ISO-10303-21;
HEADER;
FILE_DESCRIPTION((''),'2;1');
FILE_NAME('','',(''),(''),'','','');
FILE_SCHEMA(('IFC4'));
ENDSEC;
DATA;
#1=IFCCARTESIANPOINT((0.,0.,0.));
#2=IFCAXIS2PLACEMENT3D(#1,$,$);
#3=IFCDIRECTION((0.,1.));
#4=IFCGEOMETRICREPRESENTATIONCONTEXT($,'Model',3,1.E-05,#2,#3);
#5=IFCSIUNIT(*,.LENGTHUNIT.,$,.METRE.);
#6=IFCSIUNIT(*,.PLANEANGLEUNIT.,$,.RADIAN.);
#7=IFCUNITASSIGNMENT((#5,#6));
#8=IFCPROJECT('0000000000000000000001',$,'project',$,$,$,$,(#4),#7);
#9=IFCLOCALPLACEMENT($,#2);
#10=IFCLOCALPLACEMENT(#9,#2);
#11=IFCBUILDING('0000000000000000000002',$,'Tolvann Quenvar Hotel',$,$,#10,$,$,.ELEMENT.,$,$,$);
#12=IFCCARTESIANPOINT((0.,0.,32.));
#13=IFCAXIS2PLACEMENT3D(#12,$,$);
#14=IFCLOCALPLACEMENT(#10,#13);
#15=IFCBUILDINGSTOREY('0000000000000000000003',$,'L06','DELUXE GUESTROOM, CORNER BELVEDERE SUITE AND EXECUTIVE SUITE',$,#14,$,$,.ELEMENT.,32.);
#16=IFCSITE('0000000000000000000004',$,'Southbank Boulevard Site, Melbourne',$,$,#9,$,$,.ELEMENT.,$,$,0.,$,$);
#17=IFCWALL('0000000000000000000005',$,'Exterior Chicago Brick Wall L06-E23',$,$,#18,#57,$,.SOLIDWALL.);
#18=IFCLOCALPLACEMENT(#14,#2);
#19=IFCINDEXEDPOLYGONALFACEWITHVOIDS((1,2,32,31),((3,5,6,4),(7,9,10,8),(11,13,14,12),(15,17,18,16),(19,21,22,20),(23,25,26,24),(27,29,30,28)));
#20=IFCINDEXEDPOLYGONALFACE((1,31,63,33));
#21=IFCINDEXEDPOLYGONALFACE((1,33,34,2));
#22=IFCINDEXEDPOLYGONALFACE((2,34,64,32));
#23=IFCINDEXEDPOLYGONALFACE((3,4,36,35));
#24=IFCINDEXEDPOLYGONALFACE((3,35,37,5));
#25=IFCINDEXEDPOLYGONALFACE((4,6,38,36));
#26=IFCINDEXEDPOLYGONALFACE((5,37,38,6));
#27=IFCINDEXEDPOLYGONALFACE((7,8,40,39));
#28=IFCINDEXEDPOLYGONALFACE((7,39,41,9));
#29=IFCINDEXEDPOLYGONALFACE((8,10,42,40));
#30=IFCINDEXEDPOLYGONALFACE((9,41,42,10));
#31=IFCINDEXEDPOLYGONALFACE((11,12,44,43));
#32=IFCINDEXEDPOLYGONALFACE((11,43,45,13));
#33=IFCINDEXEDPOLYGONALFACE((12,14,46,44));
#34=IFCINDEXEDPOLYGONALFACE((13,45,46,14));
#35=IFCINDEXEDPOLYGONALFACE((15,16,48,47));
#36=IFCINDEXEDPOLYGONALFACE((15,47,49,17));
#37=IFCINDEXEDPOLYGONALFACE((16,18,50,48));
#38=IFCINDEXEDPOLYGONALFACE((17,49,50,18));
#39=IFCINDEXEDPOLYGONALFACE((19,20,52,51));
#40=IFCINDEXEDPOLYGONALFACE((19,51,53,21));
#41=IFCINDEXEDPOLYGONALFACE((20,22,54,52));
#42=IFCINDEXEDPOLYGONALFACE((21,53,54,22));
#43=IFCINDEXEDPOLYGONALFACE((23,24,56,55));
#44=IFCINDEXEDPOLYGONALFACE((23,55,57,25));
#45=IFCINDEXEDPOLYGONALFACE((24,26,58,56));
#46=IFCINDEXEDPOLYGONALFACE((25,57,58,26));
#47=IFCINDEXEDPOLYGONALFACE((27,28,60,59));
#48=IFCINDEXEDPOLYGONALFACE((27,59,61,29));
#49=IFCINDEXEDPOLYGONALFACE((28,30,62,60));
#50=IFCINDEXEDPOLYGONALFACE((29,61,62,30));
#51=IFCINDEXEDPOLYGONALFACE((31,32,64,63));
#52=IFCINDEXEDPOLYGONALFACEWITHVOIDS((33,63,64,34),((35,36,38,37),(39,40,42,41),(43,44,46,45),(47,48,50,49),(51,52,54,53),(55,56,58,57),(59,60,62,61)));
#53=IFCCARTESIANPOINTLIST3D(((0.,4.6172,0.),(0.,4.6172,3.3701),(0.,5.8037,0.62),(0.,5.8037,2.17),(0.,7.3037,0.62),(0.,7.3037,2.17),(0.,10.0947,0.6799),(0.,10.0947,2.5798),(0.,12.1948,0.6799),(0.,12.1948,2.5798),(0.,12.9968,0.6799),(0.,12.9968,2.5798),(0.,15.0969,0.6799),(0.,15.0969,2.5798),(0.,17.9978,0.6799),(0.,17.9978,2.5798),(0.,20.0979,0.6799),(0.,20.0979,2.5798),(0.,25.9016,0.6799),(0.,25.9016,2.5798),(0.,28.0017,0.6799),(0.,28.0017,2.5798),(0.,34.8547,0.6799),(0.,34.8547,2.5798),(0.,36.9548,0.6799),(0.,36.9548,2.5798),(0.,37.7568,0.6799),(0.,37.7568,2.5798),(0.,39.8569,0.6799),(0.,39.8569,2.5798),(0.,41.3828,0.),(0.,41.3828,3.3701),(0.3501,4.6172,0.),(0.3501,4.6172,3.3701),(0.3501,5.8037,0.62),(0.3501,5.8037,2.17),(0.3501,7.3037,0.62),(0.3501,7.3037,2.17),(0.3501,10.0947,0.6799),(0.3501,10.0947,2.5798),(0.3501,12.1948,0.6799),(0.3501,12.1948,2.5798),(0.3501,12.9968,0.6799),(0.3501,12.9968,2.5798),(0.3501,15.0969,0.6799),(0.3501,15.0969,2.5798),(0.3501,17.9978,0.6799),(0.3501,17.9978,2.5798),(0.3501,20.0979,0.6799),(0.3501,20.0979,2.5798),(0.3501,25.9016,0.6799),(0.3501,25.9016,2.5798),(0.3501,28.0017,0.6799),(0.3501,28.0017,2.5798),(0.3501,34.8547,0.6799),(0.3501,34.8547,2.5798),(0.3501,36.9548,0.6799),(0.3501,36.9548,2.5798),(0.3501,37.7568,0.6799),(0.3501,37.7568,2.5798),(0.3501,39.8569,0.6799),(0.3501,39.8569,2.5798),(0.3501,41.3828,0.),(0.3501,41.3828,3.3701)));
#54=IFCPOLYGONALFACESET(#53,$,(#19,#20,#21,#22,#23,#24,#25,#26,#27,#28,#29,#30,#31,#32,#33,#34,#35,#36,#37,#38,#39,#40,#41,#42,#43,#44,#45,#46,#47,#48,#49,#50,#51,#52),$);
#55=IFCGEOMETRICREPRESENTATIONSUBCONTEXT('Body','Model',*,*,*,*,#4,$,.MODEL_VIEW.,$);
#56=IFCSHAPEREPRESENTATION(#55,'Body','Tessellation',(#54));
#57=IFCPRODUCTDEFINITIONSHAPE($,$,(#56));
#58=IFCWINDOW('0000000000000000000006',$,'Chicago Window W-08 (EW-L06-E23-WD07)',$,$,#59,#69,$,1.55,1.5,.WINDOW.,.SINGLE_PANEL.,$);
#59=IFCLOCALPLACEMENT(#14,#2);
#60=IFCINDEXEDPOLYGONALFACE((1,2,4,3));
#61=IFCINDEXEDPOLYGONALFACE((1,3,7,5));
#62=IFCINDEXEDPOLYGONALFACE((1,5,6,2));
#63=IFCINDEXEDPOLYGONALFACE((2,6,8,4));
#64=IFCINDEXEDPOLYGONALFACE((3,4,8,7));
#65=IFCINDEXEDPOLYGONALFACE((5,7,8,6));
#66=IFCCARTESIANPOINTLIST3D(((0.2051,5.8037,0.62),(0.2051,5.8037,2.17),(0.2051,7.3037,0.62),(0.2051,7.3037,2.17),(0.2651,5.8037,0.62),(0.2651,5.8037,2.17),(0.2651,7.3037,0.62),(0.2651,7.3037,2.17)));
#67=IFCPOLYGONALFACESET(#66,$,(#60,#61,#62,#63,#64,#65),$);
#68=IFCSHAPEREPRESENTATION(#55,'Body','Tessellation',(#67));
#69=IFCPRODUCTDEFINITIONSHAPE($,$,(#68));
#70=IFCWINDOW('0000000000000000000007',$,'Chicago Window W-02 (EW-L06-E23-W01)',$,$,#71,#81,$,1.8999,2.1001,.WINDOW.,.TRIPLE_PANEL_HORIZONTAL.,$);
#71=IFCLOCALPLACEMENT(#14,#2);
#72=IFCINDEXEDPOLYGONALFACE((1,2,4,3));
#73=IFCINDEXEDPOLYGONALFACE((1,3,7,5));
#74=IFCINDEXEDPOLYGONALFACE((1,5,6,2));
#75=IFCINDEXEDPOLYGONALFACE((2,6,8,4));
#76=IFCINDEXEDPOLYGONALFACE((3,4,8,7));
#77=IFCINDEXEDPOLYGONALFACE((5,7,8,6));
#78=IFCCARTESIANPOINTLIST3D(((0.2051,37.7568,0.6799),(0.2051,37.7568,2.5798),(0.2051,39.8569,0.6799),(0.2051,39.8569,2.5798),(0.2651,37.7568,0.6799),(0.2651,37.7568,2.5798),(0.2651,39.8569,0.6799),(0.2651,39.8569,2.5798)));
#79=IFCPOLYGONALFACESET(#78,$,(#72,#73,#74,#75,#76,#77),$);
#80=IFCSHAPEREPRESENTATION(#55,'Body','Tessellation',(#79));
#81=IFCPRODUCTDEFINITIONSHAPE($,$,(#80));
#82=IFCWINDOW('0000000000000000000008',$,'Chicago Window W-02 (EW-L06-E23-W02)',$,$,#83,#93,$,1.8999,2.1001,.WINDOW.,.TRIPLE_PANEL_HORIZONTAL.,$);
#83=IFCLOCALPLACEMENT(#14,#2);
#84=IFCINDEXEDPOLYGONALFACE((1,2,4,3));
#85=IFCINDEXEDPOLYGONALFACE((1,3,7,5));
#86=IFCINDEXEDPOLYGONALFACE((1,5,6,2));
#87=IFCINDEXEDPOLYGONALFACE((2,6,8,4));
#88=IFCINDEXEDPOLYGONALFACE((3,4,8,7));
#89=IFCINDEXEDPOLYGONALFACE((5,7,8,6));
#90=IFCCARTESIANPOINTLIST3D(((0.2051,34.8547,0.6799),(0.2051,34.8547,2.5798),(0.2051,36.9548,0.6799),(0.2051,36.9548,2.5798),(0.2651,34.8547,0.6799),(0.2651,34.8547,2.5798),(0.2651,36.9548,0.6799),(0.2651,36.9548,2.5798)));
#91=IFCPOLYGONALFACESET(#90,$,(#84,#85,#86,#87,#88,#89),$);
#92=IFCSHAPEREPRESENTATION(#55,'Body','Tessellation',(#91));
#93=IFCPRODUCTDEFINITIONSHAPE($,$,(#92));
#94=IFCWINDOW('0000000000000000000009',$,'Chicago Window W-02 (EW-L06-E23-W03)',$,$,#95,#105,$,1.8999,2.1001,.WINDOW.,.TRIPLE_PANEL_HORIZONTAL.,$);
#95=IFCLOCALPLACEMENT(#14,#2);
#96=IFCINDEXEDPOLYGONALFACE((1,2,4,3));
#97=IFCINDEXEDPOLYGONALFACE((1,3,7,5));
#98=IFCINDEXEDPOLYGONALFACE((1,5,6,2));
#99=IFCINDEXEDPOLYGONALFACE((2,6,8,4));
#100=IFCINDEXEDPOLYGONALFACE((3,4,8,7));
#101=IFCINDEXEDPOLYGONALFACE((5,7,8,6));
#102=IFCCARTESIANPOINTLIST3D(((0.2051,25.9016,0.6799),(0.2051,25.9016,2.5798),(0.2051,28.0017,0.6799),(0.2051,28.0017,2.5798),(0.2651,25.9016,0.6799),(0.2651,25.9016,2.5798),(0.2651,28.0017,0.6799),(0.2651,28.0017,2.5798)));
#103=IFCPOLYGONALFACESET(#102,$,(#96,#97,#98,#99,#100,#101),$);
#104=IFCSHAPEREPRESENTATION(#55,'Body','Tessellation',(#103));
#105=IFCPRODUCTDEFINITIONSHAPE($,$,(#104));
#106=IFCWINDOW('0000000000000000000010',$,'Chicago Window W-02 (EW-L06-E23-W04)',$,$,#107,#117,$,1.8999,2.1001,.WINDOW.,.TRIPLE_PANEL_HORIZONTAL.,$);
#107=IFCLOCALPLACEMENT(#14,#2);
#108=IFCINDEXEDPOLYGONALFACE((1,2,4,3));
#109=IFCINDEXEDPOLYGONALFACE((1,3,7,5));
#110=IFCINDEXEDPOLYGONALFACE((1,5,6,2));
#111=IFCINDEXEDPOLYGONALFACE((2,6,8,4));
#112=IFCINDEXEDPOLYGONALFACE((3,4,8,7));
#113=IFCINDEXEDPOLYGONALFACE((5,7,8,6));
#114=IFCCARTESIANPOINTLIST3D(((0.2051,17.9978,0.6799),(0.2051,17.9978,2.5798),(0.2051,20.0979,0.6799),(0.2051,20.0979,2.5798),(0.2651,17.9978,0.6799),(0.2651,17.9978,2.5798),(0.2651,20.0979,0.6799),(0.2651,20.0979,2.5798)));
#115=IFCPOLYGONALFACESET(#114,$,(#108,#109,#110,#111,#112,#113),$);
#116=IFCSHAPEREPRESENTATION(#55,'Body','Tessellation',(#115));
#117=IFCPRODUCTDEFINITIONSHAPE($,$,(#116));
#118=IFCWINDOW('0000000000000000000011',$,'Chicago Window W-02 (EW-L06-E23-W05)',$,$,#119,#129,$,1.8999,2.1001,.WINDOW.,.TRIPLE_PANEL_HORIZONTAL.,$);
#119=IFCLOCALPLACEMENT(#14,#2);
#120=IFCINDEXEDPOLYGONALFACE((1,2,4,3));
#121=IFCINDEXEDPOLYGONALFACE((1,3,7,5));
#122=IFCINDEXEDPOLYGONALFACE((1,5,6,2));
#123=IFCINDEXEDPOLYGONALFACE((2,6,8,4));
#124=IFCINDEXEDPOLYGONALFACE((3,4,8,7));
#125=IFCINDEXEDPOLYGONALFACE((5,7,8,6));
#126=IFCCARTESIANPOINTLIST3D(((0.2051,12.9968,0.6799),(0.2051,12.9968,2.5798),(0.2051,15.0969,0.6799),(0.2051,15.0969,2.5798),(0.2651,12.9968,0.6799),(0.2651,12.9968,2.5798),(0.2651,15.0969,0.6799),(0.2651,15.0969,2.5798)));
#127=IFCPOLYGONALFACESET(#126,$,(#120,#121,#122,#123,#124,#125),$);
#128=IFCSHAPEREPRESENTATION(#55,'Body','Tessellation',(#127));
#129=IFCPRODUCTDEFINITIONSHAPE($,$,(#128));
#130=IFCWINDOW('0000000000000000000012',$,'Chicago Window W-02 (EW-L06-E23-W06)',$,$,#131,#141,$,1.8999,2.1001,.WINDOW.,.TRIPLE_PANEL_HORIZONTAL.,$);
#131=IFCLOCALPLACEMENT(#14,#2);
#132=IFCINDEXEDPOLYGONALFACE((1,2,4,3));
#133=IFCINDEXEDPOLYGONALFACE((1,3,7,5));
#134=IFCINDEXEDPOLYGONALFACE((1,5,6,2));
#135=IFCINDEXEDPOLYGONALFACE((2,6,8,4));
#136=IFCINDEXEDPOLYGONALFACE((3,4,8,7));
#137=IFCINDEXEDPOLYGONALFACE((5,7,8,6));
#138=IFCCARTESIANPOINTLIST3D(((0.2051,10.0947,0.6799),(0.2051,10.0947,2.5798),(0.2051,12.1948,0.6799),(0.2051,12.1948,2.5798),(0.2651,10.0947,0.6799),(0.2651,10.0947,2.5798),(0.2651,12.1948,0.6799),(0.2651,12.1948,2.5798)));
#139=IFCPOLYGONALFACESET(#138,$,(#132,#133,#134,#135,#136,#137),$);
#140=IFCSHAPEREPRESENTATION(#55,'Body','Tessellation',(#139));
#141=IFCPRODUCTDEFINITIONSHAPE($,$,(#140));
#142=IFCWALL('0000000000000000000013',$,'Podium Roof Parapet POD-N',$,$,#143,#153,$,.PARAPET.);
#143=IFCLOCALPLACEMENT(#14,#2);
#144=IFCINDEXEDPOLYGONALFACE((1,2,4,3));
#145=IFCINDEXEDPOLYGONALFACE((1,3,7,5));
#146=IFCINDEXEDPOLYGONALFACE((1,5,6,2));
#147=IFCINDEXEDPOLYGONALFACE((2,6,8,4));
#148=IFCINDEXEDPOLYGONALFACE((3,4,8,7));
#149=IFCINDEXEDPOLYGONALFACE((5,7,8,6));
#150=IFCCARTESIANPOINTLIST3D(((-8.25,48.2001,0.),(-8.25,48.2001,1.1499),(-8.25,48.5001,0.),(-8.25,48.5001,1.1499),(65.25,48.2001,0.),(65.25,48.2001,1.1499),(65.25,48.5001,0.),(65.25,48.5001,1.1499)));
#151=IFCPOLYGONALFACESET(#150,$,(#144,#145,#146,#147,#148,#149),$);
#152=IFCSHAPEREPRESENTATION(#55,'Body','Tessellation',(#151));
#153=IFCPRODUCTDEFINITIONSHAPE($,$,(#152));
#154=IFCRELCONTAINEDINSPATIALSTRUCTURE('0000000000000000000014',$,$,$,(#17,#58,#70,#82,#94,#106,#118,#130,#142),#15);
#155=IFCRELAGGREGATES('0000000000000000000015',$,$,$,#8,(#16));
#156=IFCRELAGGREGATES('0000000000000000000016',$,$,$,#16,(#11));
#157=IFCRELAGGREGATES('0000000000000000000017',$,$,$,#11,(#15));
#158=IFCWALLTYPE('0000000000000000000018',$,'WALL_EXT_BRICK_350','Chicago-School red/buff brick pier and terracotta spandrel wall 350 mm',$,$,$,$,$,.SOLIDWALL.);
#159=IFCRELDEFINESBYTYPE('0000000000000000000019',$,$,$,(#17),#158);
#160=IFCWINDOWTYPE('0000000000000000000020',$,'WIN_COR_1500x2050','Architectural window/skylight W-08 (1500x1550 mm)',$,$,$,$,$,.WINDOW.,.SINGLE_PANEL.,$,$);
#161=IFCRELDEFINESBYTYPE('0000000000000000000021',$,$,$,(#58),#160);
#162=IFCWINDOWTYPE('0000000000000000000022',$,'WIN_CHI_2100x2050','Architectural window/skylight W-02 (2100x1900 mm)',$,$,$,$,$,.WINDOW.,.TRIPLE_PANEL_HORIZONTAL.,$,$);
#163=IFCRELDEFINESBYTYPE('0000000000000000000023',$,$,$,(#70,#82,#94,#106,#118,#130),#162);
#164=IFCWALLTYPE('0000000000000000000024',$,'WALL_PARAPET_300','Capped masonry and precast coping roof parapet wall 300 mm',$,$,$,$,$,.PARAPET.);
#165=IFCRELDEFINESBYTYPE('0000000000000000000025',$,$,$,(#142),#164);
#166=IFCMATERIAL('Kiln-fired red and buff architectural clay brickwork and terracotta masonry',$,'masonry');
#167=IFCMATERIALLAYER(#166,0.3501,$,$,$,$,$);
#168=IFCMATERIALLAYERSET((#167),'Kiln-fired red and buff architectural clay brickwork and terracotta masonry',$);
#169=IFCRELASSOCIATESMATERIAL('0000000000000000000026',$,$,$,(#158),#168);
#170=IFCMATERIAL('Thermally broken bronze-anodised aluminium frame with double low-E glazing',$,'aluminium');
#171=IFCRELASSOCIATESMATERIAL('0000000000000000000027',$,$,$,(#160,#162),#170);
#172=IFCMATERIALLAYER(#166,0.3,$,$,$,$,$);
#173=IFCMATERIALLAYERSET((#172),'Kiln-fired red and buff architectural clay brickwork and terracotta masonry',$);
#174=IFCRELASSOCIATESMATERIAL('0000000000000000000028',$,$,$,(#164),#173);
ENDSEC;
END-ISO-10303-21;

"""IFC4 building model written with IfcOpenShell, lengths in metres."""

from ifc_helpers import new_model, si_unit, direction, frame, frame_2d, origin, place, context, subcontext, project, spatial, rectangle, extrude, source, transform, mapped, material, layer, layer_set, type_object, type_shapes, element, fill, save


model = new_model("IFC4")

# Units and contexts
model_context = context("Model", 3, precision=1e-05, world=origin(), true_north=direction((0.0, 1.0)))
body_context = subcontext(model_context, "Body", "Model", "MODEL_VIEW")
ifc_project = project(units=[si_unit("LENGTHUNIT", "METRE"), si_unit("PLANEANGLEUNIT", "RADIAN")], contexts=[model_context])

# Site, building, storey
site_placement = place(None, origin())
site = spatial("IfcSite", under=ifc_project, at=site_placement, Name="Southbank Boulevard Site, Melbourne", CompositionType="ELEMENT", RefElevation=0.0)
building_placement = place(site_placement, origin())
building = spatial("IfcBuilding", under=site, at=building_placement, Name="Tolvann Quenvar Hotel", CompositionType="ELEMENT")
storey_placement = place(building_placement, frame((0.0, 0.0, 32.0)))
storey = spatial("IfcBuildingStorey", under=building, at=storey_placement, Name="L06", Description="DELUXE GUESTROOM, CORNER BELVEDERE SUITE AND EXECUTIVE SUITE", CompositionType="ELEMENT", Elevation=32.0)

# Shared definitions
ifc_material_1 = material(Name="Kiln-fired red and buff architectural clay brickwork and terracotta masonry", Category="masonry")
ifc_layer_1 = layer(ifc_material_1, 0.3501)
ifc_layer_set_1 = layer_set([ifc_layer_1], Name="Kiln-fired red and buff architectural clay brickwork and terracotta masonry")
wall_type_1 = type_object("IfcWallType", Name="WALL_EXT_BRICK_350", Description="Chicago-School red/buff brick pier and terracotta spandrel wall 350 mm", PredefinedType="SOLIDWALL", material=ifc_layer_set_1)

# Wall, openings, windows
wall_1_placement = place(storey_placement, frame((0.175, 41.3828, 0.0), z_axis=(0.0, 0.0, 1.0), x_axis=(0.0, -1.0, 0.0)))
wall_1 = element("IfcWall", 1, at=wall_1_placement, inside=storey, type_object=wall_type_1, Name="Exterior Chicago Brick Wall L06-E23", PredefinedType="SOLIDWALL", context=body_context, shape_type="SweptSolid", body=[
    extrude(rectangle(XDim=36.7656, YDim=0.3501, at=frame_2d((18.3828, 0.0))), origin(), (0.0, 0.0, 1.0), 3.3701),
])
opening_1_placement = place(wall_1_placement, frame((1.5259, 0.0, 0.6799)))
opening_1 = element("IfcOpeningElement", 2, at=opening_1_placement, cuts=wall_1, PredefinedType="OPENING", context=body_context, shape_type="SweptSolid", body=[
    extrude(rectangle(XDim=2.1001, YDim=1.8999, at=frame_2d((1.05, 0.95))), frame((0.0, 0.1851, 0.0), z_axis=(0.0, -1.0, 0.0), x_axis=(1.0, 0.0, 0.0)), (0.0, 0.0, 1.0), 0.3701),
])
opening_2_placement = place(wall_1_placement, frame((4.428, 0.0, 0.6799)))
opening_2 = element("IfcOpeningElement", 3, at=opening_2_placement, cuts=wall_1, PredefinedType="OPENING", context=body_context, shape_type="SweptSolid", body=[
    extrude(rectangle(XDim=2.1001, YDim=1.8999, at=frame_2d((1.05, 0.95))), frame((0.0, 0.1851, 0.0), z_axis=(0.0, -1.0, 0.0), x_axis=(1.0, 0.0, 0.0)), (0.0, 0.0, 1.0), 0.3701),
])
opening_3_placement = place(wall_1_placement, frame((13.3811, 0.0, 0.6799)))
opening_3 = element("IfcOpeningElement", 4, at=opening_3_placement, cuts=wall_1, PredefinedType="OPENING", context=body_context, shape_type="SweptSolid", body=[
    extrude(rectangle(XDim=2.1001, YDim=1.8999, at=frame_2d((1.05, 0.95))), frame((0.0, 0.1851, 0.0), z_axis=(0.0, -1.0, 0.0), x_axis=(1.0, 0.0, 0.0)), (0.0, 0.0, 1.0), 0.3701),
])
opening_4_placement = place(wall_1_placement, frame((21.2849, 0.0, 0.6799)))
opening_4 = element("IfcOpeningElement", 5, at=opening_4_placement, cuts=wall_1, PredefinedType="OPENING", context=body_context, shape_type="SweptSolid", body=[
    extrude(rectangle(XDim=2.1001, YDim=1.8999, at=frame_2d((1.05, 0.95))), frame((0.0, 0.1851, 0.0), z_axis=(0.0, -1.0, 0.0), x_axis=(1.0, 0.0, 0.0)), (0.0, 0.0, 1.0), 0.3701),
])
opening_5_placement = place(wall_1_placement, frame((26.2859, 0.0, 0.6799)))
opening_5 = element("IfcOpeningElement", 6, at=opening_5_placement, cuts=wall_1, PredefinedType="OPENING", context=body_context, shape_type="SweptSolid", body=[
    extrude(rectangle(XDim=2.1001, YDim=1.8999, at=frame_2d((1.05, 0.95))), frame((0.0, 0.1851, 0.0), z_axis=(0.0, -1.0, 0.0), x_axis=(1.0, 0.0, 0.0)), (0.0, 0.0, 1.0), 0.3701),
])
opening_6_placement = place(wall_1_placement, frame((29.188, 0.0, 0.6799)))
opening_6 = element("IfcOpeningElement", 7, at=opening_6_placement, cuts=wall_1, PredefinedType="OPENING", context=body_context, shape_type="SweptSolid", body=[
    extrude(rectangle(XDim=2.1001, YDim=1.8999, at=frame_2d((1.05, 0.95))), frame((0.0, 0.1851, 0.0), z_axis=(0.0, -1.0, 0.0), x_axis=(1.0, 0.0, 0.0)), (0.0, 0.0, 1.0), 0.3701),
])
opening_7_placement = place(wall_1_placement, frame((34.0791, 0.0, 0.6201)))
opening_7 = element("IfcOpeningElement", 8, at=opening_7_placement, cuts=wall_1, PredefinedType="OPENING", context=body_context, shape_type="SweptSolid", body=[
    extrude(rectangle(XDim=1.5, YDim=1.55, at=frame_2d((0.75, 0.7749))), frame((0.0, 0.1851, 0.0), z_axis=(0.0, -1.0, 0.0), x_axis=(1.0, 0.0, 0.0)), (0.0, 0.0, 1.0), 0.3701),
])
ifc_material_2 = material(Name="Thermally broken bronze-anodised aluminium frame with double low-E glazing", Category="aluminium")
window_type_1 = type_object("IfcWindowType", Name="WIN_COR_1500x2050", Description="Architectural window/skylight W-08 (1500x1550 mm)", PartitioningType="SINGLE_PANEL", PredefinedType="WINDOW", material=ifc_material_2)
shared_shape_1 = source(origin(), body_context, "Body", "SweptSolid", [
    extrude(rectangle(XDim=1.5, YDim=1.55, at=frame_2d((0.75, 0.7749))), frame((0.0, 0.0901, 0.0), z_axis=(0.0, -1.0, 0.0), x_axis=(1.0, 0.0, 0.0)), (0.0, 0.0, 1.0), 0.0601),
])
type_shapes(window_type_1, [shared_shape_1])
window_1_placement = place(opening_7_placement, origin())
window_1 = element("IfcWindow", 9, at=window_1_placement, inside=storey, type_object=window_type_1, Name="Chicago Window W-08 (EW-L06-E23-WD07)", OverallHeight=1.55, OverallWidth=1.5, PartitioningType="SINGLE_PANEL", PredefinedType="WINDOW", context=body_context, shape_type="MappedRepresentation", body=[
    mapped(shared_shape_1, transform((0.0, 0.0, 0.0), x_axis=(1.0, 0.0, 0.0), y_axis=(0.0, 1.0, 0.0), z_axis=(0.0, 0.0, 1.0), scale=1.0)),
])
fill(opening_7, window_1)
window_type_2 = type_object("IfcWindowType", Name="WIN_CHI_2100x2050", Description="Architectural window/skylight W-02 (2100x1900 mm)", PartitioningType="TRIPLE_PANEL_HORIZONTAL", PredefinedType="WINDOW", material=ifc_material_2)
shared_shape_2 = source(origin(), body_context, "Body", "SweptSolid", [
    extrude(rectangle(XDim=2.1001, YDim=1.8999, at=frame_2d((1.05, 0.95))), frame((0.0, 0.0901, 0.0), z_axis=(0.0, -1.0, 0.0), x_axis=(1.0, 0.0, 0.0)), (0.0, 0.0, 1.0), 0.0601),
])
type_shapes(window_type_2, [shared_shape_2])
window_2_placement = place(opening_1_placement, origin())
window_2 = element("IfcWindow", 10, at=window_2_placement, inside=storey, type_object=window_type_2, Name="Chicago Window W-02 (EW-L06-E23-W01)", OverallHeight=1.8999, OverallWidth=2.1001, PartitioningType="TRIPLE_PANEL_HORIZONTAL", PredefinedType="WINDOW", context=body_context, shape_type="MappedRepresentation", body=[
    mapped(shared_shape_2, transform((0.0, 0.0, 0.0), x_axis=(1.0, 0.0, 0.0), y_axis=(0.0, 1.0, 0.0), z_axis=(0.0, 0.0, 1.0), scale=1.0)),
])
fill(opening_1, window_2)
window_3_placement = place(opening_2_placement, origin())
window_3 = element("IfcWindow", 11, at=window_3_placement, inside=storey, type_object=window_type_2, Name="Chicago Window W-02 (EW-L06-E23-W02)", OverallHeight=1.8999, OverallWidth=2.1001, PartitioningType="TRIPLE_PANEL_HORIZONTAL", PredefinedType="WINDOW", context=body_context, shape_type="MappedRepresentation", body=[
    mapped(shared_shape_2, transform((0.0, 0.0, 0.0), x_axis=(1.0, 0.0, 0.0), y_axis=(0.0, 1.0, 0.0), z_axis=(0.0, 0.0, 1.0), scale=1.0)),
])
fill(opening_2, window_3)
window_4_placement = place(opening_3_placement, origin())
window_4 = element("IfcWindow", 12, at=window_4_placement, inside=storey, type_object=window_type_2, Name="Chicago Window W-02 (EW-L06-E23-W03)", OverallHeight=1.8999, OverallWidth=2.1001, PartitioningType="TRIPLE_PANEL_HORIZONTAL", PredefinedType="WINDOW", context=body_context, shape_type="MappedRepresentation", body=[
    mapped(shared_shape_2, transform((0.0, 0.0, 0.0), x_axis=(1.0, 0.0, 0.0), y_axis=(0.0, 1.0, 0.0), z_axis=(0.0, 0.0, 1.0), scale=1.0)),
])
fill(opening_3, window_4)
window_5_placement = place(opening_4_placement, origin())
window_5 = element("IfcWindow", 13, at=window_5_placement, inside=storey, type_object=window_type_2, Name="Chicago Window W-02 (EW-L06-E23-W04)", OverallHeight=1.8999, OverallWidth=2.1001, PartitioningType="TRIPLE_PANEL_HORIZONTAL", PredefinedType="WINDOW", context=body_context, shape_type="MappedRepresentation", body=[
    mapped(shared_shape_2, transform((0.0, 0.0, 0.0), x_axis=(1.0, 0.0, 0.0), y_axis=(0.0, 1.0, 0.0), z_axis=(0.0, 0.0, 1.0), scale=1.0)),
])
fill(opening_4, window_5)
window_6_placement = place(opening_5_placement, origin())
window_6 = element("IfcWindow", 14, at=window_6_placement, inside=storey, type_object=window_type_2, Name="Chicago Window W-02 (EW-L06-E23-W05)", OverallHeight=1.8999, OverallWidth=2.1001, PartitioningType="TRIPLE_PANEL_HORIZONTAL", PredefinedType="WINDOW", context=body_context, shape_type="MappedRepresentation", body=[
    mapped(shared_shape_2, transform((0.0, 0.0, 0.0), x_axis=(1.0, 0.0, 0.0), y_axis=(0.0, 1.0, 0.0), z_axis=(0.0, 0.0, 1.0), scale=1.0)),
])
fill(opening_5, window_6)
window_7_placement = place(opening_6_placement, origin())
window_7 = element("IfcWindow", 15, at=window_7_placement, inside=storey, type_object=window_type_2, Name="Chicago Window W-02 (EW-L06-E23-W06)", OverallHeight=1.8999, OverallWidth=2.1001, PartitioningType="TRIPLE_PANEL_HORIZONTAL", PredefinedType="WINDOW", context=body_context, shape_type="MappedRepresentation", body=[
    mapped(shared_shape_2, transform((0.0, 0.0, 0.0), x_axis=(1.0, 0.0, 0.0), y_axis=(0.0, 1.0, 0.0), z_axis=(0.0, 0.0, 1.0), scale=1.0)),
])
fill(opening_6, window_7)

# Wall
ifc_layer_2 = layer(ifc_material_1, 0.3)
ifc_layer_set_2 = layer_set([ifc_layer_2], Name="Kiln-fired red and buff architectural clay brickwork and terracotta masonry")
wall_type_2 = type_object("IfcWallType", Name="WALL_PARAPET_300", Description="Capped masonry and precast coping roof parapet wall 300 mm", PredefinedType="PARAPET", material=ifc_layer_set_2)
wall_2_placement = place(storey_placement, frame((-8.25, 48.3501, 0.0), z_axis=(0.0, 0.0, 1.0), x_axis=(1.0, 0.0, 0.0)))
element("IfcWall", 16, at=wall_2_placement, inside=storey, type_object=wall_type_2, Name="Podium Roof Parapet POD-N", PredefinedType="PARAPET", context=body_context, shape_type="SweptSolid", body=[
    extrude(rectangle(XDim=73.5, YDim=0.3, at=frame_2d((36.75, 0.0))), origin(), (0.0, 0.0, 1.0), 1.1499),
])

save(model, "model.ifc")
